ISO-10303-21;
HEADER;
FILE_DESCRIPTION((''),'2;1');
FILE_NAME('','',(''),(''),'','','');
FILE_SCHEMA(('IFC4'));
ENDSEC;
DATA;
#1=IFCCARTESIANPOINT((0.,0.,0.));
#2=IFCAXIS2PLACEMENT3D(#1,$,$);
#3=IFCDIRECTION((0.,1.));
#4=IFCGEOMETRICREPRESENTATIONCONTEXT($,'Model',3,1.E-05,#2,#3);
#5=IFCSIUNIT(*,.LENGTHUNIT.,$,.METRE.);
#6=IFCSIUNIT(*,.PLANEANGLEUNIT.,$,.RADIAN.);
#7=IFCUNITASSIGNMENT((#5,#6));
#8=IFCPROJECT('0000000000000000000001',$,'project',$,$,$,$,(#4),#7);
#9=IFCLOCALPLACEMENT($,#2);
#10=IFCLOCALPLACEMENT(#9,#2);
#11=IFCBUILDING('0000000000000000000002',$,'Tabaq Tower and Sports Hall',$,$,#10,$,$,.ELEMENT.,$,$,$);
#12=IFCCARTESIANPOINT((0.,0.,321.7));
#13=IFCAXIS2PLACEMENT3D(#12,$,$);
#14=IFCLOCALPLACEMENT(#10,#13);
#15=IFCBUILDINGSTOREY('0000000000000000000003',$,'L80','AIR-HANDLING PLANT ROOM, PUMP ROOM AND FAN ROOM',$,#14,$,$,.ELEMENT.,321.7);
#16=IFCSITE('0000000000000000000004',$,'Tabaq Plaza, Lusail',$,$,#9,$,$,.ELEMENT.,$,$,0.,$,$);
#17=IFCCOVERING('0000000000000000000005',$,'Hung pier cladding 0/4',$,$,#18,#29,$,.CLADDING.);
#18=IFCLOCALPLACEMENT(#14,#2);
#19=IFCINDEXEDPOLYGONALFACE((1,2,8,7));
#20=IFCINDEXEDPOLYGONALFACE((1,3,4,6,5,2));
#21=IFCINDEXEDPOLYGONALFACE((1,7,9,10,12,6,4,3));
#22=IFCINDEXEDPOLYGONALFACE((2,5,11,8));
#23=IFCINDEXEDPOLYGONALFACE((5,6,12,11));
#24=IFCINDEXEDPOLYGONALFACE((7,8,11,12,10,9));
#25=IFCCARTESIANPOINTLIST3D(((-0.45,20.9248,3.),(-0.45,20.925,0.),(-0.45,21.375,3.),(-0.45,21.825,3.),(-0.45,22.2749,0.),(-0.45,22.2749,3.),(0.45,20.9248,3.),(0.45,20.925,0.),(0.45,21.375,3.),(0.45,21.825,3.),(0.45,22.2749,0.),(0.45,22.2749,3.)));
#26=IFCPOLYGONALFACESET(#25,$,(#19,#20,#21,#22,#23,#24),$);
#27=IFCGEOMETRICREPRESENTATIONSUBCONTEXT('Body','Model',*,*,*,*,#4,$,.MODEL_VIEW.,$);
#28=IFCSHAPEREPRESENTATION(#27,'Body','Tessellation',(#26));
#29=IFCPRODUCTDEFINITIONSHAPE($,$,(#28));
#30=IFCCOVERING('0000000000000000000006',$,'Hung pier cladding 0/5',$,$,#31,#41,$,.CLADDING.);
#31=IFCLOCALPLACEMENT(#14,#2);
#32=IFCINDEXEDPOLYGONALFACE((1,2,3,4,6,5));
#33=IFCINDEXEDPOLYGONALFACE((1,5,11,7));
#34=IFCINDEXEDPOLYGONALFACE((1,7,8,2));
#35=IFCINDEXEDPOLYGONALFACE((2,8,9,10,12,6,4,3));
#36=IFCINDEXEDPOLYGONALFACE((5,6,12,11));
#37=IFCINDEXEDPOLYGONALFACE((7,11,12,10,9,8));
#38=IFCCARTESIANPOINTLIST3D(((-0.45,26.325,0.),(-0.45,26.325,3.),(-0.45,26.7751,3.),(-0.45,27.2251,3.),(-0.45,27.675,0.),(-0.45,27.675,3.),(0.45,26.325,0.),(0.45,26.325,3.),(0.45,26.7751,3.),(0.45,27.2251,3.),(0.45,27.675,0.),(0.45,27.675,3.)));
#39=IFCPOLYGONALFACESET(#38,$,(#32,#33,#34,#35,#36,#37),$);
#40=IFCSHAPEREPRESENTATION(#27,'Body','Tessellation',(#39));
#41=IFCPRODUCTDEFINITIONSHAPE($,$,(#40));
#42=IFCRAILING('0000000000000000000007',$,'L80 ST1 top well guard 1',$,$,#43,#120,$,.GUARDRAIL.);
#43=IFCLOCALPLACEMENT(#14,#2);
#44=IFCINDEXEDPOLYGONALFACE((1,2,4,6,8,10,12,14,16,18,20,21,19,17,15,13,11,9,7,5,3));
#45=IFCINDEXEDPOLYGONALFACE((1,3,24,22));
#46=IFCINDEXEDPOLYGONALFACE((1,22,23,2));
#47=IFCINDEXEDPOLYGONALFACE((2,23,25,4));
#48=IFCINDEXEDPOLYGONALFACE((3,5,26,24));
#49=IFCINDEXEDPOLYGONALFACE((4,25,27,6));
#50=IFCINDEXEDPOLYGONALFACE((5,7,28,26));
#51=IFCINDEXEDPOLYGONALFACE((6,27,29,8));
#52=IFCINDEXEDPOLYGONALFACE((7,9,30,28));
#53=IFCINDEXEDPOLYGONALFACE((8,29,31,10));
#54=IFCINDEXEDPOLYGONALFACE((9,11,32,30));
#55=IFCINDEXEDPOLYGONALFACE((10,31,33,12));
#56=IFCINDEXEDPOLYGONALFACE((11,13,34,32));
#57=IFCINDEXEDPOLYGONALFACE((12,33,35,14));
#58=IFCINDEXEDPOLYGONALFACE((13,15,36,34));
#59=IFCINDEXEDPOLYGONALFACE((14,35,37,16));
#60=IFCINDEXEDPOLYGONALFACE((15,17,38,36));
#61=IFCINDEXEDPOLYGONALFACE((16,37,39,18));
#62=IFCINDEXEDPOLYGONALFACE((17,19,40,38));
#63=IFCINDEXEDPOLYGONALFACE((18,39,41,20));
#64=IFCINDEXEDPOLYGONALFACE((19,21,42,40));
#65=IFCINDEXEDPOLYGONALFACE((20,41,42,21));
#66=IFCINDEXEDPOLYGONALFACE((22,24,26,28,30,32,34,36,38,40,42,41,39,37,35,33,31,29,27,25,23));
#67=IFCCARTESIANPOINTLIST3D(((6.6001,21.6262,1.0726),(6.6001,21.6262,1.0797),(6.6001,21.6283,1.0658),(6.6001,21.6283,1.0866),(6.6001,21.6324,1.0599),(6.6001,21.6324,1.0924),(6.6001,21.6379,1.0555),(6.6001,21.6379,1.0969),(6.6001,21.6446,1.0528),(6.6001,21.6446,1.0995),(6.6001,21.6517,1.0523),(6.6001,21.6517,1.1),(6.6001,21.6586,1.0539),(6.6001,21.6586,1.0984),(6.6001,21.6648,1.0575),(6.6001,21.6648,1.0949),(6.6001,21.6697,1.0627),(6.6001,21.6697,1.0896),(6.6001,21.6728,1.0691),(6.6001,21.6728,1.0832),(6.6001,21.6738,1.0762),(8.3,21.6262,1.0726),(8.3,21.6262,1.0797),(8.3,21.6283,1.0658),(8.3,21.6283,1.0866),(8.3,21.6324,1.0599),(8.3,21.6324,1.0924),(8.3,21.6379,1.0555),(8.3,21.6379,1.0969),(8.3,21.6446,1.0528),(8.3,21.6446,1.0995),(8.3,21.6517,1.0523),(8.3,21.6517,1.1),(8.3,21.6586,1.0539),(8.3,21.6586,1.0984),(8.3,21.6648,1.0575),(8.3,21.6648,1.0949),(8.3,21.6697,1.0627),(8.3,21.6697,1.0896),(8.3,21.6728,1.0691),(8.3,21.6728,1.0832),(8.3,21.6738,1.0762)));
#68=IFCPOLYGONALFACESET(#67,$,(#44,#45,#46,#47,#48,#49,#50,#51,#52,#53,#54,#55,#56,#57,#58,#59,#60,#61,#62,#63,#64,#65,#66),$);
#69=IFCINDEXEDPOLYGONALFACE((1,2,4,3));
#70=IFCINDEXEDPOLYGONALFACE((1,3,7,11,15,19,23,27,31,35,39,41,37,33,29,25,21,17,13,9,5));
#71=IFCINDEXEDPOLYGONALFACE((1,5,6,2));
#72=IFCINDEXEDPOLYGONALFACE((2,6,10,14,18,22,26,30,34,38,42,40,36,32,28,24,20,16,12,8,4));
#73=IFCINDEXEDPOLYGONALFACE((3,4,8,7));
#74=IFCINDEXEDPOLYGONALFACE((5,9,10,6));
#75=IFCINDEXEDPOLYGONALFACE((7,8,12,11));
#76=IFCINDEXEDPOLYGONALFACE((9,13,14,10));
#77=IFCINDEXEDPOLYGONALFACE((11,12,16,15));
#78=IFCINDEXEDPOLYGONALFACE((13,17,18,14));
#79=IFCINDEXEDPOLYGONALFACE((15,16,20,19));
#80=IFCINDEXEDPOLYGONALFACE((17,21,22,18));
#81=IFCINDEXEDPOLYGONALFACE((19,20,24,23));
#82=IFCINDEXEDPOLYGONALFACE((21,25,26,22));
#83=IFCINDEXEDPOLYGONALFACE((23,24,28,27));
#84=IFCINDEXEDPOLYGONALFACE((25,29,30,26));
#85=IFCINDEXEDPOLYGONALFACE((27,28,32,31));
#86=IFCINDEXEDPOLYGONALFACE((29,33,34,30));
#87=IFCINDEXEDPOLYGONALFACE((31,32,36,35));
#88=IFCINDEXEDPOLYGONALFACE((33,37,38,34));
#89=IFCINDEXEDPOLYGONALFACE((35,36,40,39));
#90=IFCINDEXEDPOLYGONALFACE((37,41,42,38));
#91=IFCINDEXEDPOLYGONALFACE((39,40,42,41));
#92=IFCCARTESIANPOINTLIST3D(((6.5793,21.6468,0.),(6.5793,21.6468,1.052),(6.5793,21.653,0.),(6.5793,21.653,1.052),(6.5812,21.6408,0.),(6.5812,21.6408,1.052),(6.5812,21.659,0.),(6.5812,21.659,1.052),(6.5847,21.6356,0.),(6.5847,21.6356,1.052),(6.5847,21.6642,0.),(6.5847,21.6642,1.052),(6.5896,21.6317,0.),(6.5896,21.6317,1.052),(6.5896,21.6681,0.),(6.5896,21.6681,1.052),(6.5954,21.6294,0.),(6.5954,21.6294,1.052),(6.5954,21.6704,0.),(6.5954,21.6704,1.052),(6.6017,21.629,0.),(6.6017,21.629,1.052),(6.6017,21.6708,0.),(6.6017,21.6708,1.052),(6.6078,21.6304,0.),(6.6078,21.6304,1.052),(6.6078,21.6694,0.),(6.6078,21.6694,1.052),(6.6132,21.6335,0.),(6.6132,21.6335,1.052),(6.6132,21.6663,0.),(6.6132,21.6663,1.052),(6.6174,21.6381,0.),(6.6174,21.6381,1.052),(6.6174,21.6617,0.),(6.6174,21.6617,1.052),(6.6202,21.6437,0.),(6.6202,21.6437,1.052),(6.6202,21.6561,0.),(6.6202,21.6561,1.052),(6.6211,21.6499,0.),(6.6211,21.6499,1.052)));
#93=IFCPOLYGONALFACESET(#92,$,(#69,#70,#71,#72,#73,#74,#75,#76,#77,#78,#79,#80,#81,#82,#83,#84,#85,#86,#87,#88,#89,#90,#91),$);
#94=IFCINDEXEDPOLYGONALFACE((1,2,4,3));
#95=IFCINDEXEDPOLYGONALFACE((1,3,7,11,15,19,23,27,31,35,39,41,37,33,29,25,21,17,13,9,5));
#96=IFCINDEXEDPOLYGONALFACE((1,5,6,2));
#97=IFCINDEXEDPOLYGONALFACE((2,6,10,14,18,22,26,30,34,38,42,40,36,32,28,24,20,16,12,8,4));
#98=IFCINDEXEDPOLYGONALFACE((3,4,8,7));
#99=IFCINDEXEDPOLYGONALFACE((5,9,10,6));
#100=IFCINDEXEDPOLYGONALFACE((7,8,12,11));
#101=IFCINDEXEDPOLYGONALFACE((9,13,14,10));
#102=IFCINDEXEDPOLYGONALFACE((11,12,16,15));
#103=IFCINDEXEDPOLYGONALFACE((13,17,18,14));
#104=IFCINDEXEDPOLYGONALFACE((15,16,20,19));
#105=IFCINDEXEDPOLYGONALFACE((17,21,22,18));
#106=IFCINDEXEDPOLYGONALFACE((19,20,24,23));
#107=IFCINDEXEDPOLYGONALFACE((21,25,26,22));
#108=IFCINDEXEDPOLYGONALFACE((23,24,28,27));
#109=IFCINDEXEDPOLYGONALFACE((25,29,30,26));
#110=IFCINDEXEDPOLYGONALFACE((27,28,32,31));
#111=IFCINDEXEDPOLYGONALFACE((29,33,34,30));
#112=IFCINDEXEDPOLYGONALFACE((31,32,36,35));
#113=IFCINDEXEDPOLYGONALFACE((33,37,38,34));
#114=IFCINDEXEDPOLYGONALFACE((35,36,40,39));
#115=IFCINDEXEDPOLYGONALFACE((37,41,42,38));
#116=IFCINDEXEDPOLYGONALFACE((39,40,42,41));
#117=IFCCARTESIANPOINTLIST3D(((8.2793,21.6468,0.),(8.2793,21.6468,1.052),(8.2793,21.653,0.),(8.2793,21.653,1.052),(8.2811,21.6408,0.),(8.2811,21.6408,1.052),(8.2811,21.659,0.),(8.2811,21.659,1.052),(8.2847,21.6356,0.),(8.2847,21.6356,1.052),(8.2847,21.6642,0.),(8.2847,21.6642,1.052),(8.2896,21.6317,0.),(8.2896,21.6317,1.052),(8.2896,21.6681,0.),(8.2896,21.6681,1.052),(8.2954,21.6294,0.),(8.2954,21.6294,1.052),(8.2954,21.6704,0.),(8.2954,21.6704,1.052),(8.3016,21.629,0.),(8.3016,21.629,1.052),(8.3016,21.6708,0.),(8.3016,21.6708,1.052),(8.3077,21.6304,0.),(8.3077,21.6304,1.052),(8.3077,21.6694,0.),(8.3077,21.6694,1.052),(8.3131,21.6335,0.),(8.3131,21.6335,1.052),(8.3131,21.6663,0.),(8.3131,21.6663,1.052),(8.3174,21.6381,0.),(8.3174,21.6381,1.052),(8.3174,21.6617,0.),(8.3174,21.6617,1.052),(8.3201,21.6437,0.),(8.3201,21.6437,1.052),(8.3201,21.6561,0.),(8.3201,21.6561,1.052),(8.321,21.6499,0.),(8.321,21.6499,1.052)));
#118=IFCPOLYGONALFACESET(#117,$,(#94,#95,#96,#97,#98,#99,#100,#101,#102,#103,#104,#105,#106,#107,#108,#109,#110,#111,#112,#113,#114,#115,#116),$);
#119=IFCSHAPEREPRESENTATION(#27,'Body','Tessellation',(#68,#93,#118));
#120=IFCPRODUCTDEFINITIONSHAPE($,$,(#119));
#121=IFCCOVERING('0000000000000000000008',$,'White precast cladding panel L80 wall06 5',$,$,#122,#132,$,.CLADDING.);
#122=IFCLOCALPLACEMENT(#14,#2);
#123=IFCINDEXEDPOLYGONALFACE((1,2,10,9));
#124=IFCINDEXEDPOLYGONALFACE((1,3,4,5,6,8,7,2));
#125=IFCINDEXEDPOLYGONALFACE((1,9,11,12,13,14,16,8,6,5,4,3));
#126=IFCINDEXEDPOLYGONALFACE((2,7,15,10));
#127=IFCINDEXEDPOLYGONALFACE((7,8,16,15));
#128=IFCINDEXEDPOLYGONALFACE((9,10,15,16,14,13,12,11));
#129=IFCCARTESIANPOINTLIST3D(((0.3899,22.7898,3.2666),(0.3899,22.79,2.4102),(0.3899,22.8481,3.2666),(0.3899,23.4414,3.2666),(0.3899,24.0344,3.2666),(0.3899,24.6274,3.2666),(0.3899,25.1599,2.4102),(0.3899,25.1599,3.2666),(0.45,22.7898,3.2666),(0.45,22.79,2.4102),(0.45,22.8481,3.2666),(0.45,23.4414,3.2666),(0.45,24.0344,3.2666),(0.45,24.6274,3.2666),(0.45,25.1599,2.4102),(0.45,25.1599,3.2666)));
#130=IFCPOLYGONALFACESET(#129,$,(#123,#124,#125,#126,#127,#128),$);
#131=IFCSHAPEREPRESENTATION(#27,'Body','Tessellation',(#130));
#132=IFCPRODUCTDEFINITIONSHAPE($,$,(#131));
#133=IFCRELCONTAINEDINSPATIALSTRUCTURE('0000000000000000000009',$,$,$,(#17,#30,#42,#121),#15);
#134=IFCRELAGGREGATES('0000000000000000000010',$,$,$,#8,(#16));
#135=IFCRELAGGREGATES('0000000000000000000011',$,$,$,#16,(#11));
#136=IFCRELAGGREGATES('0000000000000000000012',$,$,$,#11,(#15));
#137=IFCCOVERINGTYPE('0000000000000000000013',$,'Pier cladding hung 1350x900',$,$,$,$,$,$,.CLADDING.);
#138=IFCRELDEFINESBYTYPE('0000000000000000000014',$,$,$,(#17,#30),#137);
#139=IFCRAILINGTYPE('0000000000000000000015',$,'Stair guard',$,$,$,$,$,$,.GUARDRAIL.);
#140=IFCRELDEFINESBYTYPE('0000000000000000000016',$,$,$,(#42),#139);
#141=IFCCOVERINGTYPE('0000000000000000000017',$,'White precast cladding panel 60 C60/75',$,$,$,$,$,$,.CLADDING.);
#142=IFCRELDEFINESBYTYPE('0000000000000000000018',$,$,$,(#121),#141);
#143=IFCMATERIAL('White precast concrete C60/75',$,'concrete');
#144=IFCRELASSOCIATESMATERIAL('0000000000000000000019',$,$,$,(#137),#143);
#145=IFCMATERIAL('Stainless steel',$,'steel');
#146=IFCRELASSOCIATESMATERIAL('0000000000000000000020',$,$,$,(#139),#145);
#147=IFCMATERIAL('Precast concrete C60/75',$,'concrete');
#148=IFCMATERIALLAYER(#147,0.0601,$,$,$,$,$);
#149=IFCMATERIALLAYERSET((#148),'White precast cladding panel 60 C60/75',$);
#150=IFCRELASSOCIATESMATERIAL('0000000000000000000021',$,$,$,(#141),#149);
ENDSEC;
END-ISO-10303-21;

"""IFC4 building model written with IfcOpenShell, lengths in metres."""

from ifc_helpers import new_model, si_unit, direction, frame, origin, origin_2d, place, context, subcontext, project, spatial, polyline, circle, outline, extrude, material, layer, layer_set, type_object, element, save


model = new_model("IFC4")

# Units and contexts
model_context = context("Model", 3, precision=1e-05, world=origin(), true_north=direction((0.0, 1.0)))
body_context = subcontext(model_context, "Body", "Model", "MODEL_VIEW")
ifc_project = project(units=[si_unit("LENGTHUNIT", "METRE"), si_unit("PLANEANGLEUNIT", "RADIAN")], contexts=[model_context])

# Site, building, storey
site_placement = place(None, origin())
site = spatial("IfcSite", under=ifc_project, at=site_placement, Name="Tabaq Plaza, Lusail", CompositionType="ELEMENT", RefElevation=0.0)
building_placement = place(site_placement, origin())
building = spatial("IfcBuilding", under=site, at=building_placement, Name="Tabaq Tower and Sports Hall", CompositionType="ELEMENT")
storey_placement = place(building_placement, frame((0.0, 0.0, 321.7)))
storey = spatial("IfcBuildingStorey", under=building, at=storey_placement, Name="L80", Description="AIR-HANDLING PLANT ROOM, PUMP ROOM AND FAN ROOM", CompositionType="ELEMENT", Elevation=321.7)

# Coverings
ifc_material_1 = material(Name="White precast concrete C60/75", Category="concrete")
covering_type_1 = type_object("IfcCoveringType", Name="Pier cladding hung 1350x900", PredefinedType="CLADDING", material=ifc_material_1)
covering_1_placement = place(storey_placement, frame((0.0, 22.2749, 0.0), z_axis=(0.0, 0.0, 1.0), x_axis=(0.0, -1.0, 0.0)))
element("IfcCovering", 1, at=covering_1_placement, inside=storey, type_object=covering_type_1, Name="Hung pier cladding 0/4", PredefinedType="CLADDING", context=body_context, shape_type="SweptSolid", body=[
    extrude(outline(polyline([(0.0, 0.0), (1.3499, 0.0), (1.3501, 3.0), (0.8999, 3.0), (0.45, 3.0), (0.0, 3.0), (0.0, 0.0)])), frame((0.0, 0.45, 0.0), z_axis=(0.0, -1.0, 0.0), x_axis=(1.0, 0.0, 0.0)), (0.0, 0.0, 1.0), 0.8999),
])
covering_2_placement = place(storey_placement, frame((0.0, 27.675, 0.0), z_axis=(0.0, 0.0, 1.0), x_axis=(0.0, -1.0, 0.0)))
element("IfcCovering", 2, at=covering_2_placement, inside=storey, type_object=covering_type_1, Name="Hung pier cladding 0/5", PredefinedType="CLADDING", context=body_context, shape_type="SweptSolid", body=[
    extrude(outline(polyline([(0.0, 0.0), (1.3501, 0.0), (1.3501, 3.0), (0.8999, 3.0), (0.45, 3.0), (0.0, 3.0), (0.0, 0.0)])), frame((0.0, 0.45, 0.0), z_axis=(0.0, -1.0, 0.0), x_axis=(1.0, 0.0, 0.0)), (0.0, 0.0, 1.0), 0.8999),
])

# Railing
ifc_material_2 = material(Name="Stainless steel", Category="steel")
railing_type = type_object("IfcRailingType", Name="Stair guard", PredefinedType="GUARDRAIL", material=ifc_material_2)
railing_placement = place(storey_placement, frame((6.6001, 21.6499, 0.0)))
element("IfcRailing", 3, at=railing_placement, inside=storey, type_object=railing_type, Name="L80 ST1 top well guard 1", PredefinedType="GUARDRAIL", context=body_context, shape_type="SweptSolid", body=[
    extrude(circle(Radius=0.0239, at=origin_2d()), frame((0.0, 0.0, 1.0762), z_axis=(1.0, 0.0, 0.0), x_axis=(0.0, 1.0, 0.0)), (0.0, 0.0, 1.0), 1.7),
    extrude(circle(Radius=0.021, at=origin_2d()), origin(), (0.0, 0.0, 1.0), 1.052),
    extrude(circle(Radius=0.021, at=origin_2d()), frame((1.7, 0.0, 0.0)), (0.0, 0.0, 1.0), 1.052),
])

# Covering
ifc_material_3 = material(Name="Precast concrete C60/75", Category="concrete")
ifc_layer_1 = layer(ifc_material_3, 0.0601)
ifc_layer_set_1 = layer_set([ifc_layer_1], Name="White precast cladding panel 60 C60/75")
covering_type_2 = type_object("IfcCoveringType", Name="White precast cladding panel 60 C60/75", PredefinedType="CLADDING", material=ifc_layer_set_1)
covering_3_placement = place(storey_placement, frame((0.4199, 25.1599, 2.4102), z_axis=(0.0, 0.0, 1.0), x_axis=(0.0, -1.0, 0.0)))
element("IfcCovering", 4, at=covering_3_placement, inside=storey, type_object=covering_type_2, Name="White precast cladding panel L80 wall06 5", PredefinedType="CLADDING", context=body_context, shape_type="SweptSolid", body=[
    extrude(outline(polyline([(0.0, 0.0), (2.3699, 0.0), (2.3701, 0.8564), (2.3118, 0.8564), (1.7185, 0.8564), (1.1255, 0.8564), (0.5325, 0.8564), (0.0, 0.8564), (0.0, 0.0)])), frame((0.0, 0.03, 0.0), z_axis=(0.0, -1.0, 0.0), x_axis=(1.0, 0.0, 0.0)), (0.0, 0.0, 1.0), 0.0601),
])

save(model, "model.ifc")
